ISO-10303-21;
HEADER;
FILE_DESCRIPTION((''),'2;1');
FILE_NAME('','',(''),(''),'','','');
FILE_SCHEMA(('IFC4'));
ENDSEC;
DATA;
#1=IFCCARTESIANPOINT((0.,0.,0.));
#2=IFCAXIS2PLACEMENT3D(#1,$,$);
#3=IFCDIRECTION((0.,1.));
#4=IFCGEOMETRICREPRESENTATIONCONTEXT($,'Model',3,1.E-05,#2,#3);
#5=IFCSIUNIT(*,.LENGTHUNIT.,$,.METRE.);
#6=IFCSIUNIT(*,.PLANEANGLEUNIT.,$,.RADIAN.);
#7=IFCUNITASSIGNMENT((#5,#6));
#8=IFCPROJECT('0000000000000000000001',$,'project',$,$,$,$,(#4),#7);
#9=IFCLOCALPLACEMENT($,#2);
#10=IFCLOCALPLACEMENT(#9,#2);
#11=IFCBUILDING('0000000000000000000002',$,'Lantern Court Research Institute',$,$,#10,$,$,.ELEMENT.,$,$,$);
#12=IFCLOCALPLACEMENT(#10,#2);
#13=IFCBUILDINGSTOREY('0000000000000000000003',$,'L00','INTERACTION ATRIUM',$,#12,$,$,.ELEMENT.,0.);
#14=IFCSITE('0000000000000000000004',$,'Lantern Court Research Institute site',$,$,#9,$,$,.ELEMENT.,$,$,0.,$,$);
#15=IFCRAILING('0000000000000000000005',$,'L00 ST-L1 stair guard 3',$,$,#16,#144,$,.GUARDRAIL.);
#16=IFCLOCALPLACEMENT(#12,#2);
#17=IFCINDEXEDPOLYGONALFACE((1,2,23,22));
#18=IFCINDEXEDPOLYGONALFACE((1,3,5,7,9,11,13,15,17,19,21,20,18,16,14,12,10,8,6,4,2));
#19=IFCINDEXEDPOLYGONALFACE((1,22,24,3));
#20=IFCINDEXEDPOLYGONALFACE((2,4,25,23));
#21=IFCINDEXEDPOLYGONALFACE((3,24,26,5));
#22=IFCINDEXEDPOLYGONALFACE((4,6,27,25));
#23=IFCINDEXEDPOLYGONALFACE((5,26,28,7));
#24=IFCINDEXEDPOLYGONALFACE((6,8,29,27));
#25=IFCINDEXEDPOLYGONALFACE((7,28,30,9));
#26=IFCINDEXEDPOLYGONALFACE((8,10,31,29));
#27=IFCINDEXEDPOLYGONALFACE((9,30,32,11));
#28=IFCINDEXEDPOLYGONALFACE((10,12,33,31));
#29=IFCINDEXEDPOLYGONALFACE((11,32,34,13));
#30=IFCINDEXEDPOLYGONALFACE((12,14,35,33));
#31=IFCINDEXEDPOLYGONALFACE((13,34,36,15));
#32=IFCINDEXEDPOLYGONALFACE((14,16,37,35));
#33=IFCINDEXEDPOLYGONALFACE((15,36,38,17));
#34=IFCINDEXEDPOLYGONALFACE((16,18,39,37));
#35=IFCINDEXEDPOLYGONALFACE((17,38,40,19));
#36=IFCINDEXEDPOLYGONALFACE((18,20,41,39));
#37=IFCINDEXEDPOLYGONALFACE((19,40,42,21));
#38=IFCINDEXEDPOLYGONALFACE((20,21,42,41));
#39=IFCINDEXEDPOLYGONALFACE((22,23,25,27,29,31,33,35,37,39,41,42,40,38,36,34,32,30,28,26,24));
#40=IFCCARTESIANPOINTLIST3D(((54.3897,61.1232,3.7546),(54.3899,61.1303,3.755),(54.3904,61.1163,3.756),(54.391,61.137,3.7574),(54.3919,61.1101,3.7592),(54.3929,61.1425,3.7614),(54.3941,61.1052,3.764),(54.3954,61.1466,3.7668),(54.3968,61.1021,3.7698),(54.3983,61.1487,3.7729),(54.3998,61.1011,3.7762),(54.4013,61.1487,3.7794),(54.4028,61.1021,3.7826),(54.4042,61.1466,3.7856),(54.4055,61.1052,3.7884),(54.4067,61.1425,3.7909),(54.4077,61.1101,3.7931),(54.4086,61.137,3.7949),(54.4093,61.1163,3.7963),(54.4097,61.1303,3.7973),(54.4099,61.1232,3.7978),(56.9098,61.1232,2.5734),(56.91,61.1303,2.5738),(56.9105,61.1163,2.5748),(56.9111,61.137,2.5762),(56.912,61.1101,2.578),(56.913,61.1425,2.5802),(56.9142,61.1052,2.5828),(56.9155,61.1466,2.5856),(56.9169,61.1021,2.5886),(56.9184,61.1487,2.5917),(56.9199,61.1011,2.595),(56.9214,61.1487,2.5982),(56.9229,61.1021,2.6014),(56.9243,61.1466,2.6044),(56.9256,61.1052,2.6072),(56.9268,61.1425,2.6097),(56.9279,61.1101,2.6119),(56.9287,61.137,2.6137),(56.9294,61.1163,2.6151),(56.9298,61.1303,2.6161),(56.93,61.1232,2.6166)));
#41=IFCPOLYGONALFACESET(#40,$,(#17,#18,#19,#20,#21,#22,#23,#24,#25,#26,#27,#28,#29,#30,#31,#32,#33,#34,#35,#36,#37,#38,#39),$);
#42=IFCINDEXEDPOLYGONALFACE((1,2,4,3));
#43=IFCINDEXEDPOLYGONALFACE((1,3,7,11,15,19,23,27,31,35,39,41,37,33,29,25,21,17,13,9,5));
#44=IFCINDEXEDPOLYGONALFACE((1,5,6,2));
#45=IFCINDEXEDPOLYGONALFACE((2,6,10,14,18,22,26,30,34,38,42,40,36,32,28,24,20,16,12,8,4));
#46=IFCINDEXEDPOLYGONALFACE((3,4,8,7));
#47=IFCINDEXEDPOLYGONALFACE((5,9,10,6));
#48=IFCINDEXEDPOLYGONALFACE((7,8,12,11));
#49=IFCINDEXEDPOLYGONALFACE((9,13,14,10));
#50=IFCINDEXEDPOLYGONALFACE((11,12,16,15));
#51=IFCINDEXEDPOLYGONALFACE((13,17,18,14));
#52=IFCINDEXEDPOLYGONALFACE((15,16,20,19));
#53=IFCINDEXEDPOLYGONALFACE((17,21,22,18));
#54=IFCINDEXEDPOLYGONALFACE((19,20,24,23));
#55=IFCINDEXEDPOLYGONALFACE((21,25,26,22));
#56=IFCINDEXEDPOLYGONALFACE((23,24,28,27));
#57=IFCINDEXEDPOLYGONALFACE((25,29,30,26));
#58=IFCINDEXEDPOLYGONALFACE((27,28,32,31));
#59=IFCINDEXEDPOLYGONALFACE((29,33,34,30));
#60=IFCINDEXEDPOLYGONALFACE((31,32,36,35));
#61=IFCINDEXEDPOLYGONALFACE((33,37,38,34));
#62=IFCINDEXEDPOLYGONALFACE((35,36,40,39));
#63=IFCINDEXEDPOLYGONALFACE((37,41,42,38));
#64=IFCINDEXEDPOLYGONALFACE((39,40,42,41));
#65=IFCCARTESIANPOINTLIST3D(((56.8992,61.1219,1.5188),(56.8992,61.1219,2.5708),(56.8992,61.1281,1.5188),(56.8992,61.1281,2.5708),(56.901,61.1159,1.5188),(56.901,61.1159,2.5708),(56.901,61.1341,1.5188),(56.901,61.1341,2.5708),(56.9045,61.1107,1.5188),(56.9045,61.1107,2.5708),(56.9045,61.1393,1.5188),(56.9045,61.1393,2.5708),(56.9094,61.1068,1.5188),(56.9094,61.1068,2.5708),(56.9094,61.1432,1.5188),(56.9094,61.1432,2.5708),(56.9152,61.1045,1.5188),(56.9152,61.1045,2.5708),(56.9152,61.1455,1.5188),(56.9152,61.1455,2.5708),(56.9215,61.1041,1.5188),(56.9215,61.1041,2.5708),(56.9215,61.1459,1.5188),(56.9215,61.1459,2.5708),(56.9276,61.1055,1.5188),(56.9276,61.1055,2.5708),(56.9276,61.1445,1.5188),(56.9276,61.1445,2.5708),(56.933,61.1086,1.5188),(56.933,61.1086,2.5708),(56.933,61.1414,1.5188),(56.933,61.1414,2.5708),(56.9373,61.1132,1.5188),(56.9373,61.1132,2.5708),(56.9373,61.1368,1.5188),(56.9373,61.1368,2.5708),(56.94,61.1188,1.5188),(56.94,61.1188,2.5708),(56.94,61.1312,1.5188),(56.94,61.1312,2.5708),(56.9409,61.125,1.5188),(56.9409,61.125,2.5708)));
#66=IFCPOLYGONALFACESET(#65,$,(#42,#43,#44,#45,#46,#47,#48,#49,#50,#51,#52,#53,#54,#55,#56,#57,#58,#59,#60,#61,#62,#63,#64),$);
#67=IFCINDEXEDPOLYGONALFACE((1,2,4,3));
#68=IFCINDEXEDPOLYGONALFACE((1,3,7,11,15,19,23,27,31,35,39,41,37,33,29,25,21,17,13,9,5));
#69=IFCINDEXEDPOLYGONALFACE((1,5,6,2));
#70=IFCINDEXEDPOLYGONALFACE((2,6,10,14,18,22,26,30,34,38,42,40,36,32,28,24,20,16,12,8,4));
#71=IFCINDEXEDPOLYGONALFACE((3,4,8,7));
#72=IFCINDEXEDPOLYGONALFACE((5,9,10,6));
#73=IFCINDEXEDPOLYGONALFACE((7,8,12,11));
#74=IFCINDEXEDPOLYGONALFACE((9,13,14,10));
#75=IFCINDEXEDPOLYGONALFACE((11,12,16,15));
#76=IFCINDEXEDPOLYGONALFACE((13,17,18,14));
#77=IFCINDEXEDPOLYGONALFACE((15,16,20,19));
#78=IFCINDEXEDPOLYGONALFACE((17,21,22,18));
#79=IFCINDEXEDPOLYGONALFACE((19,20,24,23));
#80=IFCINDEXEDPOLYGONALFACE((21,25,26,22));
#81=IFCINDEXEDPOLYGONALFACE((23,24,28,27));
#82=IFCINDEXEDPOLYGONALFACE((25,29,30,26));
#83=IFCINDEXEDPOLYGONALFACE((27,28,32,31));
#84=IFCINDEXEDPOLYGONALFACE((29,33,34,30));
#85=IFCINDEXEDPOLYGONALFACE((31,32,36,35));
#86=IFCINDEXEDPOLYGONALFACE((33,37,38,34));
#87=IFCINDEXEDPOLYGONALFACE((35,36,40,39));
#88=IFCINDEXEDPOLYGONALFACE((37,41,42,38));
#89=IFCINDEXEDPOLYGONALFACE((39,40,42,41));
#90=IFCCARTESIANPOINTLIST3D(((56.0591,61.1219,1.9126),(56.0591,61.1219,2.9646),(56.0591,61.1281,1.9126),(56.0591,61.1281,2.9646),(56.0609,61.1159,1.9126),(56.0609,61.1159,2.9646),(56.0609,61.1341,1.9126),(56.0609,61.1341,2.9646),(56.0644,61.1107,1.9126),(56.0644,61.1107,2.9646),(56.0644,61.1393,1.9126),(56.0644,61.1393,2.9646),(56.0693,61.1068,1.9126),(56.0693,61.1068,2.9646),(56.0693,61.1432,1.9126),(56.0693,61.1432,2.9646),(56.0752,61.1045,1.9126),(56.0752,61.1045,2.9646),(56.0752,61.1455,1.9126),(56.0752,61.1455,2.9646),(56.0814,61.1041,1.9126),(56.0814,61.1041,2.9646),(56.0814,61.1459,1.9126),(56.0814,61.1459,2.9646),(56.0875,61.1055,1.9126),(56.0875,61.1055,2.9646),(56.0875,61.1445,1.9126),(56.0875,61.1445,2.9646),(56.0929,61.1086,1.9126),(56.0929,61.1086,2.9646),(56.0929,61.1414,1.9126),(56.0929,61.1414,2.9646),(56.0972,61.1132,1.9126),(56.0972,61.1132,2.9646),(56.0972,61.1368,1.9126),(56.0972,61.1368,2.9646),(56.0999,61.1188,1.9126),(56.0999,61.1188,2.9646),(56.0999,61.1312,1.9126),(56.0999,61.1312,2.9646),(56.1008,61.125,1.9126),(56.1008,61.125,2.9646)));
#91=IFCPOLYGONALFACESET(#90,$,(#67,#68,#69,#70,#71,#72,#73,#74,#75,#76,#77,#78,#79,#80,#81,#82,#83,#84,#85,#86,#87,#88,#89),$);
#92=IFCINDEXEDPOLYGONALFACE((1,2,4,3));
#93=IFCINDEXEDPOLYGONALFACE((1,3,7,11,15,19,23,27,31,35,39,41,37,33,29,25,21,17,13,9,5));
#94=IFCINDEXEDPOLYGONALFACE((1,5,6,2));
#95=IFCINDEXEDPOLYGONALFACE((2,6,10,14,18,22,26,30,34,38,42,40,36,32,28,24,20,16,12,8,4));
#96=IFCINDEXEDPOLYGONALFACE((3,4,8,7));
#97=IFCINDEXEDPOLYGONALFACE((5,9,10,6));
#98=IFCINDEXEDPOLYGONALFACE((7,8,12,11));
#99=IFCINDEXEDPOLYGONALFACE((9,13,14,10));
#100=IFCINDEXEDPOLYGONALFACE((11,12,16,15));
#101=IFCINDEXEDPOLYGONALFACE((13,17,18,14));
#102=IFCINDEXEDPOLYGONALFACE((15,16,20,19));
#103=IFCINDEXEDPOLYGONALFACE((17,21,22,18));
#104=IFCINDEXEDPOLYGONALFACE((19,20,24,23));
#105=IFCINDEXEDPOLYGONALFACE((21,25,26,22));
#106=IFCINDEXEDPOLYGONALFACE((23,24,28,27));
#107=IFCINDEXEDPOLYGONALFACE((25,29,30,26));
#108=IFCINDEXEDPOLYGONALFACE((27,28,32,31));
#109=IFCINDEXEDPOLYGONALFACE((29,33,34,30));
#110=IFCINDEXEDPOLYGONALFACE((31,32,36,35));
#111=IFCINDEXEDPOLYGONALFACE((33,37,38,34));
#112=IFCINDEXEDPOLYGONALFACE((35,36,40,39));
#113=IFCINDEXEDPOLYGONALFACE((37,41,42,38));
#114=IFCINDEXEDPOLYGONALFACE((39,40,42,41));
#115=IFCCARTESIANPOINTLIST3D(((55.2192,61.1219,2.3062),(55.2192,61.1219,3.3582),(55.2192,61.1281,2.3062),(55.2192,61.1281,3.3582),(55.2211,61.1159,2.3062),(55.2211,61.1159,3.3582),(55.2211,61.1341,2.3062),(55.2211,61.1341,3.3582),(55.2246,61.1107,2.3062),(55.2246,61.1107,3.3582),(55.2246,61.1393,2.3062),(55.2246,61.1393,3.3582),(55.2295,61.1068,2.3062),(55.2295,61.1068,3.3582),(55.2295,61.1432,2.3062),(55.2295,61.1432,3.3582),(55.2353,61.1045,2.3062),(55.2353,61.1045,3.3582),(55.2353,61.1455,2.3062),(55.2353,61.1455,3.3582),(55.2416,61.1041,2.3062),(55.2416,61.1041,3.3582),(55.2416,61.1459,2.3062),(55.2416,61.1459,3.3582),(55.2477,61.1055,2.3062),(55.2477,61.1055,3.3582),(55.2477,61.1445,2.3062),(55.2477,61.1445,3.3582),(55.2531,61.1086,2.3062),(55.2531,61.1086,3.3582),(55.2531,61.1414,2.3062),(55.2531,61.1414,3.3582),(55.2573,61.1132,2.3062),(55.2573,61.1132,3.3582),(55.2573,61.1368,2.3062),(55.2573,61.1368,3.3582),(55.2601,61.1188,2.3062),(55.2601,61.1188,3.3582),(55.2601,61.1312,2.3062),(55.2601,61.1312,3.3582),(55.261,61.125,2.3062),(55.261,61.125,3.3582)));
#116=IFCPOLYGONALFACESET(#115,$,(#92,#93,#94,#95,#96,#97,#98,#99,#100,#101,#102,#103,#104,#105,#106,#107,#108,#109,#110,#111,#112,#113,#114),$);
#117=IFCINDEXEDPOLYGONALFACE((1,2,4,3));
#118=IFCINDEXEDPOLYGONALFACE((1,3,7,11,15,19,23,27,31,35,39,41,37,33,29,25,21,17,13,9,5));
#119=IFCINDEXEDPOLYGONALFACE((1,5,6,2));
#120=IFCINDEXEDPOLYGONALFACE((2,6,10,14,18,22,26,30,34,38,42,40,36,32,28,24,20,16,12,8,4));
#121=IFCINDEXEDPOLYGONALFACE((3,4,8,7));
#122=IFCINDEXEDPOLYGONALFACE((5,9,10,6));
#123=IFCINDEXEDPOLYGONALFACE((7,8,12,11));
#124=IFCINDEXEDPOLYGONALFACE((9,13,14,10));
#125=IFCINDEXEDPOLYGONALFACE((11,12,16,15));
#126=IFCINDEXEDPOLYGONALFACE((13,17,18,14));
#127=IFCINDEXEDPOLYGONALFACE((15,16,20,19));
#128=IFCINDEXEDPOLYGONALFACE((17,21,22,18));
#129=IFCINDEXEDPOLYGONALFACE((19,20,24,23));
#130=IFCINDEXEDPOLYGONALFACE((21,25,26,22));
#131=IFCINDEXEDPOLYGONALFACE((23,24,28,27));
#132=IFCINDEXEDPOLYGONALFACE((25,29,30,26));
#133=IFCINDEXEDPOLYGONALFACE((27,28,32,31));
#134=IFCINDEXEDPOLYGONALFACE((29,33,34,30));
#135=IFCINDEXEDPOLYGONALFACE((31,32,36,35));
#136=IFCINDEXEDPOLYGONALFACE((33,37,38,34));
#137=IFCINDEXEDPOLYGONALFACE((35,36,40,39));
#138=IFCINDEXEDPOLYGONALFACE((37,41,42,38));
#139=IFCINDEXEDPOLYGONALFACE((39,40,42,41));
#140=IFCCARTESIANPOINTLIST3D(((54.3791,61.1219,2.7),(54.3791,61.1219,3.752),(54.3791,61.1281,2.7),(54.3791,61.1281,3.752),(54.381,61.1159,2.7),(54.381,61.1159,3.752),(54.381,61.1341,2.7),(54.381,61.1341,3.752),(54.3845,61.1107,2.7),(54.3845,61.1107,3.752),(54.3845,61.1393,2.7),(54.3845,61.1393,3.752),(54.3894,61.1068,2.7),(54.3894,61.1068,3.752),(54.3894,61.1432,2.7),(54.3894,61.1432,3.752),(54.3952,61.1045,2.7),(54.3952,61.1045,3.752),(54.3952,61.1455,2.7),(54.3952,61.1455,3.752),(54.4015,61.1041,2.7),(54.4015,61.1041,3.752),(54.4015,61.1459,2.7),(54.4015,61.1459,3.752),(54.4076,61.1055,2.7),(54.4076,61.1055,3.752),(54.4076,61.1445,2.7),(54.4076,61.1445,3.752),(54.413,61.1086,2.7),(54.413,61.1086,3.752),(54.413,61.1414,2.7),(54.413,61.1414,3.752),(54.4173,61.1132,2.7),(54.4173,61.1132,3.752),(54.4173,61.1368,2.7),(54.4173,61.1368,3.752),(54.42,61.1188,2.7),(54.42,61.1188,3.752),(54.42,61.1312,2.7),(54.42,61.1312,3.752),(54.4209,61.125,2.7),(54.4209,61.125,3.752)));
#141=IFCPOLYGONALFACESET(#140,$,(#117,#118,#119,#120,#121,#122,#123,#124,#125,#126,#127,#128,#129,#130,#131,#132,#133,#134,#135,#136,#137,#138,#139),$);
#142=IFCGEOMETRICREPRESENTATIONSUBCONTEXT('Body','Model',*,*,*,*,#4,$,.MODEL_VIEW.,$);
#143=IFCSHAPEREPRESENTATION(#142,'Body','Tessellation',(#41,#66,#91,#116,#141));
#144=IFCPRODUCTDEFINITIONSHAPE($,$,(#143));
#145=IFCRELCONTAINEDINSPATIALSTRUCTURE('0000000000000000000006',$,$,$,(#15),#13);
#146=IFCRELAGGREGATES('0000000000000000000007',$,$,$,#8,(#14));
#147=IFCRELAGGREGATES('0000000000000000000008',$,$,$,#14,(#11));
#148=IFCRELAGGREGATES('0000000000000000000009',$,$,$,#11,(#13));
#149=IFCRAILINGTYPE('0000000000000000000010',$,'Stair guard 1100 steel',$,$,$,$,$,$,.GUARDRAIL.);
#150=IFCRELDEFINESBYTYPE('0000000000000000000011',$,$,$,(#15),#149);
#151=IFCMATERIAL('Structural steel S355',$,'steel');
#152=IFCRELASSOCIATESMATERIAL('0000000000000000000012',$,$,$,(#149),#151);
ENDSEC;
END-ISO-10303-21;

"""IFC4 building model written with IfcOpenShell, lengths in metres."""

from ifc_helpers import new_model, si_unit, direction, frame, origin, origin_2d, place, context, subcontext, project, spatial, circle, extrude, material, type_object, element, save


model = new_model("IFC4")

# Units and contexts
model_context = context("Model", 3, precision=1e-05, world=origin(), true_north=direction((0.0, 1.0)))
body_context = subcontext(model_context, "Body", "Model", "MODEL_VIEW")
ifc_project = project(units=[si_unit("LENGTHUNIT", "METRE"), si_unit("PLANEANGLEUNIT", "RADIAN")], contexts=[model_context])

# Site, building, storey
site_placement = place(None, origin())
site = spatial("IfcSite", under=ifc_project, at=site_placement, Name="Lantern Court Research Institute site", CompositionType="ELEMENT", RefElevation=0.0)
building_placement = place(site_placement, origin())
building = spatial("IfcBuilding", under=site, at=building_placement, Name="Lantern Court Research Institute", CompositionType="ELEMENT")
storey_placement = place(building_placement, origin())
storey = spatial("IfcBuildingStorey", under=building, at=storey_placement, Name="L00", Description="INTERACTION ATRIUM", CompositionType="ELEMENT", Elevation=0.0)

# Railing
ifc_material_1 = material(Name="Structural steel S355", Category="steel")
railing_type_1 = type_object("IfcRailingType", Name="Stair guard 1100 steel", PredefinedType="GUARDRAIL", material=ifc_material_1)
railing_1_placement = place(storey_placement, frame((56.9199, 61.125, 1.5188)))
element("IfcRailing", 1, at=railing_1_placement, inside=storey, type_object=railing_type_1, Name="L00 ST-L1 stair guard 3", PredefinedType="GUARDRAIL", context=body_context, shape_type="SweptSolid", body=[
    extrude(circle(Radius=0.0239, at=origin_2d()), frame((0.0, 0.0, 1.0762), z_axis=(-0.905474, 0.0, 0.424402), x_axis=(0.0, -1.0, 0.0)), (0.0, 0.0, 1.0), 2.7832),
    extrude(circle(Radius=0.021, at=origin_2d()), origin(), (0.0, 0.0, 1.0), 1.052),
    extrude(circle(Radius=0.021, at=origin_2d()), frame((-0.8401, 0.0, 0.3938)), (0.0, 0.0, 1.0), 1.052),
    extrude(circle(Radius=0.021, at=origin_2d()), frame((-1.6799, 0.0, 0.7874)), (0.0, 0.0, 1.0), 1.052),
    extrude(circle(Radius=0.021, at=origin_2d()), frame((-2.52, 0.0, 1.1812)), (0.0, 0.0, 1.0), 1.052),
])

save(model, "model.ifc")
